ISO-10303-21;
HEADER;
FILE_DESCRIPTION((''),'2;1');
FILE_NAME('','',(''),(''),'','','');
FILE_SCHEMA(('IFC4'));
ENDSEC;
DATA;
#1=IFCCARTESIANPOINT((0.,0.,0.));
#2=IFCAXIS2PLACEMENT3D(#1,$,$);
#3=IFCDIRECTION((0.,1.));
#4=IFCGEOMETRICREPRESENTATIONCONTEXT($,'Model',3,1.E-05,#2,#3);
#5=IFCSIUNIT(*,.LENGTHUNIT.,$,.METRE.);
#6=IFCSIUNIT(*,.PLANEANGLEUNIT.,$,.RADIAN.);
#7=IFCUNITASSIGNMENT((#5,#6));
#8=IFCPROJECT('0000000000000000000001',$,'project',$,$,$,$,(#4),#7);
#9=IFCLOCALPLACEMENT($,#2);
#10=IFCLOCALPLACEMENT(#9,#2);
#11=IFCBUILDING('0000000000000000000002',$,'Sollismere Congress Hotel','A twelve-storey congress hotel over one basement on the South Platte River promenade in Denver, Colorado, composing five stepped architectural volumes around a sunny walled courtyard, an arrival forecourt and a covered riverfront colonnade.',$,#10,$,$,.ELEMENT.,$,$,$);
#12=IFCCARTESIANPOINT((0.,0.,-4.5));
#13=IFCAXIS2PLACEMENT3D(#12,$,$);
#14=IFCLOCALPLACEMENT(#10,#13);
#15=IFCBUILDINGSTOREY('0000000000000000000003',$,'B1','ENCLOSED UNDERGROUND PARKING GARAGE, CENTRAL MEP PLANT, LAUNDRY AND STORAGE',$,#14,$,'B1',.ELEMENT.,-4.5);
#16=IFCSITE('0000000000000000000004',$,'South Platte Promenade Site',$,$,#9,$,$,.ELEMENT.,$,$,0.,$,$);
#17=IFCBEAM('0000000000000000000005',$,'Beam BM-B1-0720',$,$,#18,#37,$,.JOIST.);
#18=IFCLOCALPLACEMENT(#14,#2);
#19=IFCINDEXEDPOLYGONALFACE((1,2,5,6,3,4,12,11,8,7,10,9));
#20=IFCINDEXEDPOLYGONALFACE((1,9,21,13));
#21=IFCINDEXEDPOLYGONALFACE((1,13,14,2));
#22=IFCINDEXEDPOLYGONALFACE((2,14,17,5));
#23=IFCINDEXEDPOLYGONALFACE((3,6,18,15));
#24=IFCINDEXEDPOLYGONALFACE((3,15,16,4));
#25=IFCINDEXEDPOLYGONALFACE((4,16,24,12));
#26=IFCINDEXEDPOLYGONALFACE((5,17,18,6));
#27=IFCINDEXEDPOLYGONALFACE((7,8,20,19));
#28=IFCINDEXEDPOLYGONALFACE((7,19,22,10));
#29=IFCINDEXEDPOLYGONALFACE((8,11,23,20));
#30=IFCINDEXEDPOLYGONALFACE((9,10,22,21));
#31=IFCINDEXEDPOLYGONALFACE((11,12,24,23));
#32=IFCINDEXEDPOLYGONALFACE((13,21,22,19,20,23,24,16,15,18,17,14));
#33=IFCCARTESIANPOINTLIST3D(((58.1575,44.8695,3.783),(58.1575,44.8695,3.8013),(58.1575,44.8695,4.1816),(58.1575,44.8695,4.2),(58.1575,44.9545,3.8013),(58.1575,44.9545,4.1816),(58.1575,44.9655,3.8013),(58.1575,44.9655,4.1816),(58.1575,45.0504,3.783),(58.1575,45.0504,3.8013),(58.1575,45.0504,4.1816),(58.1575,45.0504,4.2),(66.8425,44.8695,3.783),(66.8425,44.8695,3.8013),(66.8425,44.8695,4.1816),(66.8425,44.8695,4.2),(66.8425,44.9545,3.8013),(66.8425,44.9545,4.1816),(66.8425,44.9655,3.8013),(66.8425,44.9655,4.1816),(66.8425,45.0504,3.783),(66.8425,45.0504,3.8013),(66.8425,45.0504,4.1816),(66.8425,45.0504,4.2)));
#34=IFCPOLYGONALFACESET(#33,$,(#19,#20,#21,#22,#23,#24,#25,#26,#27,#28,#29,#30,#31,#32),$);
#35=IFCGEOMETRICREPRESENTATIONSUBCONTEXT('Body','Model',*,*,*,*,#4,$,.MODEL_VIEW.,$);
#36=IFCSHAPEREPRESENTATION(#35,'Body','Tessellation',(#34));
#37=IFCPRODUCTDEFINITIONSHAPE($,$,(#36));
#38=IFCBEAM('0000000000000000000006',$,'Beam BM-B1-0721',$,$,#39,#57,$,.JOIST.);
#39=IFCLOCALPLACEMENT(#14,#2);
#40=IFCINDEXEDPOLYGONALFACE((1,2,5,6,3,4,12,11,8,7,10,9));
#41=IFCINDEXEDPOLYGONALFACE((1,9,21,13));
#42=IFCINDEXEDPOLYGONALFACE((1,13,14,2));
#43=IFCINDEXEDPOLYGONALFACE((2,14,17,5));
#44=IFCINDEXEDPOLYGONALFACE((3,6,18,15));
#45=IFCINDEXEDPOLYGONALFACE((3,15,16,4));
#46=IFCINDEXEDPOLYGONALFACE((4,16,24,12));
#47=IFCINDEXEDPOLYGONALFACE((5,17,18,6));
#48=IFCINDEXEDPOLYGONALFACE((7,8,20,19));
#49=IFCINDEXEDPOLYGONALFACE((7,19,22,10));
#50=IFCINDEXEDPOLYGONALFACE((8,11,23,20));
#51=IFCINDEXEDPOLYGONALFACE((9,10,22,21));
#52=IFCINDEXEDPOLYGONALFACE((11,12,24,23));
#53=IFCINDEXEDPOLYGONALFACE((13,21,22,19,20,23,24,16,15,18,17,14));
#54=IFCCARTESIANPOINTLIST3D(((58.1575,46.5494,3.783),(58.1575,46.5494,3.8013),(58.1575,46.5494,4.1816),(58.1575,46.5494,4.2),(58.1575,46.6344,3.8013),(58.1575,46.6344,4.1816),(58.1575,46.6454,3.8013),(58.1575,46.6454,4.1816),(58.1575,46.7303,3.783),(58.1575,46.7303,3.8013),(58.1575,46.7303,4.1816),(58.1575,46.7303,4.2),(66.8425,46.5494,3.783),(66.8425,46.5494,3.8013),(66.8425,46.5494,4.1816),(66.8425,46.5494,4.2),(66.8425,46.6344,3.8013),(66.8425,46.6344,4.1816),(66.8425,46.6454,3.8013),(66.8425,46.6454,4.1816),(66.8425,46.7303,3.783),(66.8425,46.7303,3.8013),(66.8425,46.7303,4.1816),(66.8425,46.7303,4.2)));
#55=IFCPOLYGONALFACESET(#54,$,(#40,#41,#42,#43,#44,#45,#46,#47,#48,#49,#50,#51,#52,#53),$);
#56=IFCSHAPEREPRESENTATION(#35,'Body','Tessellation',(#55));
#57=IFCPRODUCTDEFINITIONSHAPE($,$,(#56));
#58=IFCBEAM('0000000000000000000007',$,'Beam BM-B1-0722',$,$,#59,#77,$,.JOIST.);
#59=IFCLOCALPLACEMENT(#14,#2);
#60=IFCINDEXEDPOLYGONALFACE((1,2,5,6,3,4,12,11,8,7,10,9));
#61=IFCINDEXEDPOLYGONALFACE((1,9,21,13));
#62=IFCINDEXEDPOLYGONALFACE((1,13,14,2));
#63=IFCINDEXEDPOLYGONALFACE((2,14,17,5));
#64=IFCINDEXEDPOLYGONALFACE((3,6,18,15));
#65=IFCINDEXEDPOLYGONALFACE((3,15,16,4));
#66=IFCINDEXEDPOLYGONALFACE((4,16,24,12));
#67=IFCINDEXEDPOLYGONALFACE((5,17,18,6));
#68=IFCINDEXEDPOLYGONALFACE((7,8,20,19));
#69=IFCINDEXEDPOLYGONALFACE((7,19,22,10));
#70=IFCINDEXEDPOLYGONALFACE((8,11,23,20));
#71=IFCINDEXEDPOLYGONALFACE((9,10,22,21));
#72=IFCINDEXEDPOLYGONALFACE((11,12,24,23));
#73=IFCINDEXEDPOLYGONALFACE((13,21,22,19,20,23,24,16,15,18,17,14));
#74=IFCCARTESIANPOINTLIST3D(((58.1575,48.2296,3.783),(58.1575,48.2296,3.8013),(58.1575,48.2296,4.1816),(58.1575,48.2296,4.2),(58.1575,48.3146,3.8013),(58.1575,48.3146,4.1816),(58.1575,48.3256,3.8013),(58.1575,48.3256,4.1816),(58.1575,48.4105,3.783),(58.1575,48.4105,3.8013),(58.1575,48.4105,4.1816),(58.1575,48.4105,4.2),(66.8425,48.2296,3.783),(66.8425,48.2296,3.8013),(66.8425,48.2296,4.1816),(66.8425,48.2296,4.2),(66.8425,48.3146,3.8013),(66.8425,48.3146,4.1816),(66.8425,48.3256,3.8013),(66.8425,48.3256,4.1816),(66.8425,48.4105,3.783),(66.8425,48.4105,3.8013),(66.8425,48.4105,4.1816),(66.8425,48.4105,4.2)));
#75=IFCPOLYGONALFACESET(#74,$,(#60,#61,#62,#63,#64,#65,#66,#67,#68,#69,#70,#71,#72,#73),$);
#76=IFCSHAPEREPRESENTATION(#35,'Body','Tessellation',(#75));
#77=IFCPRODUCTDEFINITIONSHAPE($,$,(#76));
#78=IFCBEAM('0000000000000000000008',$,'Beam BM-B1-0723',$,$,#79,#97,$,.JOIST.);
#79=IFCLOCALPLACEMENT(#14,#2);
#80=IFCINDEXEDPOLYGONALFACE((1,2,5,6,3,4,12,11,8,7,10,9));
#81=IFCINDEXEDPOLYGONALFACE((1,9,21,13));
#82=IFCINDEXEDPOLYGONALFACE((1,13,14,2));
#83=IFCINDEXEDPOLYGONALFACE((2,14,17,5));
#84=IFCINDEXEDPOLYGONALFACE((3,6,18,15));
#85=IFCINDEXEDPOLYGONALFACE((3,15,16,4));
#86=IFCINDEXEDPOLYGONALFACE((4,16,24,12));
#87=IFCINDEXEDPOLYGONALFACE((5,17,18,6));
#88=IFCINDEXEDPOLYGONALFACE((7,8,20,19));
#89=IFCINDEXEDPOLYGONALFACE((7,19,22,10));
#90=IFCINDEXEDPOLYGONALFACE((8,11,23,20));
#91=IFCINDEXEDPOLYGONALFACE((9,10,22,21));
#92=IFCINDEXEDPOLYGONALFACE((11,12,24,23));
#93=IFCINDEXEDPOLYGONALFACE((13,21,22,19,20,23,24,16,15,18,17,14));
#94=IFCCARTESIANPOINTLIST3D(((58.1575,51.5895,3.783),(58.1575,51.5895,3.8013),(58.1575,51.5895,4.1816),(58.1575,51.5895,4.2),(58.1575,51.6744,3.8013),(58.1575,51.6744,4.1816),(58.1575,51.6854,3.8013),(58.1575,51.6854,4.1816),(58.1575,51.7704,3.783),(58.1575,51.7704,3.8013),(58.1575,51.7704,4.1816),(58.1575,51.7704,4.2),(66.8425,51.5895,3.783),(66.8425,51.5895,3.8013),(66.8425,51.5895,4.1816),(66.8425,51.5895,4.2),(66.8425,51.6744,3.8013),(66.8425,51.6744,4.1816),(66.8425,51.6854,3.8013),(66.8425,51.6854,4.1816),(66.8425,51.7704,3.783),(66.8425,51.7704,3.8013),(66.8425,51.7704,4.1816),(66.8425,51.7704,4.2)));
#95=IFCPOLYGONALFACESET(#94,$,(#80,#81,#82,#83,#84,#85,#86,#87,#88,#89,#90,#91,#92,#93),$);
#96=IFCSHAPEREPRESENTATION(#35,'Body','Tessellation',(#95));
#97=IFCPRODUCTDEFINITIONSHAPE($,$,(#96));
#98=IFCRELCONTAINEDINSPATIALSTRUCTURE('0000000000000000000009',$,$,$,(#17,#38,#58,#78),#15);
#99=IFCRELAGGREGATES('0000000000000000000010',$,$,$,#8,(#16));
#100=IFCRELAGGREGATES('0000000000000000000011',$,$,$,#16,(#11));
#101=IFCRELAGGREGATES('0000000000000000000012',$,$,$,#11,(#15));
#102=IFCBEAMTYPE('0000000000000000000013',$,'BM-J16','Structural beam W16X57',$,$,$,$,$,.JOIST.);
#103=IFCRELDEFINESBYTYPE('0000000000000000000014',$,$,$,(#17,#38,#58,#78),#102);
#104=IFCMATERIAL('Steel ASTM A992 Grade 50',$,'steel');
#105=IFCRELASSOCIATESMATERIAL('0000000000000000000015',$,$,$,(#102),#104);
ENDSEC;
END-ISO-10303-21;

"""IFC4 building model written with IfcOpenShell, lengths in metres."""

from ifc_helpers import new_model, si_unit, direction, frame, origin, origin_2d, place, context, subcontext, project, spatial, i_section, extrude, material, material_profile, profile_set, type_object, element, save


model = new_model("IFC4")

# Units and contexts
model_context = context("Model", 3, precision=1e-05, world=origin(), true_north=direction((0.0, 1.0)))
body_context = subcontext(model_context, "Body", "Model", "MODEL_VIEW")
ifc_project = project(units=[si_unit("LENGTHUNIT", "METRE"), si_unit("PLANEANGLEUNIT", "RADIAN")], contexts=[model_context])

# Site, building, storey
site_placement = place(None, origin())
site = spatial("IfcSite", under=ifc_project, at=site_placement, Name="South Platte Promenade Site", CompositionType="ELEMENT", RefElevation=0.0)
building_placement = place(site_placement, origin())
building = spatial("IfcBuilding", under=site, at=building_placement, Name="Sollismere Congress Hotel", Description="A twelve-storey congress hotel over one basement on the South Platte River promenade in Denver, Colorado, composing five stepped architectural volumes around a sunny walled courtyard, an arrival forecourt and a covered riverfront colonnade.", CompositionType="ELEMENT")
storey_placement = place(building_placement, frame((0.0, 0.0, -4.5)))
storey = spatial("IfcBuildingStorey", under=building, at=storey_placement, Name="B1", Description="ENCLOSED UNDERGROUND PARKING GARAGE, CENTRAL MEP PLANT, LAUNDRY AND STORAGE", LongName="B1", CompositionType="ELEMENT", Elevation=-4.5)

# Beams
ifc_material_1 = material(Name="Steel ASTM A992 Grade 50", Category="steel")
ifc_material_profile_1 = material_profile(ifc_material_1, i_section(OverallWidth=0.1809, OverallDepth=0.417, WebThickness=0.011, FlangeThickness=0.0183, at=origin_2d()), Name="W16X57")
ifc_profile_set_1 = profile_set([ifc_material_profile_1], Name="Steel ASTM A992 Grade 50")
beam_type_1 = type_object("IfcBeamType", Name="BM-J16", Description="Structural beam W16X57", PredefinedType="JOIST", material=ifc_profile_set_1)
for number, where, z_axis, x_axis, name in (
    (1, (58.1575, 44.96, 3.9915), (1.0, 0.0, 0.0), (0.0, 1.0, 0.0), "Beam BM-B1-0720"),
    (2, (58.1575, 46.6399, 3.9915), (1.0, 0.0, 0.0), (0.0, 1.0, 0.0), "Beam BM-B1-0721"),
    (3, (58.1575, 48.3201, 3.9915), (1.0, 0.0, 0.0), (0.0, 1.0, 0.0), "Beam BM-B1-0722"),
    (4, (58.1575, 51.6799, 3.9915), (1.0, 0.0, 0.0), (0.0, 1.0, 0.0), "Beam BM-B1-0723"),
):
    element("IfcBeam", number, at=place(storey_placement, frame(where, z_axis=z_axis, x_axis=x_axis)), inside=storey, type_object=beam_type_1, Name=name, PredefinedType="JOIST", context=body_context, shape_type="SweptSolid", body=[
        extrude(i_section(OverallWidth=0.1809, OverallDepth=0.417, WebThickness=0.011, FlangeThickness=0.0183, at=origin_2d()), origin(), (0.0, 0.0, 1.0), 8.6851),
    ])

save(model, "model.ifc")
